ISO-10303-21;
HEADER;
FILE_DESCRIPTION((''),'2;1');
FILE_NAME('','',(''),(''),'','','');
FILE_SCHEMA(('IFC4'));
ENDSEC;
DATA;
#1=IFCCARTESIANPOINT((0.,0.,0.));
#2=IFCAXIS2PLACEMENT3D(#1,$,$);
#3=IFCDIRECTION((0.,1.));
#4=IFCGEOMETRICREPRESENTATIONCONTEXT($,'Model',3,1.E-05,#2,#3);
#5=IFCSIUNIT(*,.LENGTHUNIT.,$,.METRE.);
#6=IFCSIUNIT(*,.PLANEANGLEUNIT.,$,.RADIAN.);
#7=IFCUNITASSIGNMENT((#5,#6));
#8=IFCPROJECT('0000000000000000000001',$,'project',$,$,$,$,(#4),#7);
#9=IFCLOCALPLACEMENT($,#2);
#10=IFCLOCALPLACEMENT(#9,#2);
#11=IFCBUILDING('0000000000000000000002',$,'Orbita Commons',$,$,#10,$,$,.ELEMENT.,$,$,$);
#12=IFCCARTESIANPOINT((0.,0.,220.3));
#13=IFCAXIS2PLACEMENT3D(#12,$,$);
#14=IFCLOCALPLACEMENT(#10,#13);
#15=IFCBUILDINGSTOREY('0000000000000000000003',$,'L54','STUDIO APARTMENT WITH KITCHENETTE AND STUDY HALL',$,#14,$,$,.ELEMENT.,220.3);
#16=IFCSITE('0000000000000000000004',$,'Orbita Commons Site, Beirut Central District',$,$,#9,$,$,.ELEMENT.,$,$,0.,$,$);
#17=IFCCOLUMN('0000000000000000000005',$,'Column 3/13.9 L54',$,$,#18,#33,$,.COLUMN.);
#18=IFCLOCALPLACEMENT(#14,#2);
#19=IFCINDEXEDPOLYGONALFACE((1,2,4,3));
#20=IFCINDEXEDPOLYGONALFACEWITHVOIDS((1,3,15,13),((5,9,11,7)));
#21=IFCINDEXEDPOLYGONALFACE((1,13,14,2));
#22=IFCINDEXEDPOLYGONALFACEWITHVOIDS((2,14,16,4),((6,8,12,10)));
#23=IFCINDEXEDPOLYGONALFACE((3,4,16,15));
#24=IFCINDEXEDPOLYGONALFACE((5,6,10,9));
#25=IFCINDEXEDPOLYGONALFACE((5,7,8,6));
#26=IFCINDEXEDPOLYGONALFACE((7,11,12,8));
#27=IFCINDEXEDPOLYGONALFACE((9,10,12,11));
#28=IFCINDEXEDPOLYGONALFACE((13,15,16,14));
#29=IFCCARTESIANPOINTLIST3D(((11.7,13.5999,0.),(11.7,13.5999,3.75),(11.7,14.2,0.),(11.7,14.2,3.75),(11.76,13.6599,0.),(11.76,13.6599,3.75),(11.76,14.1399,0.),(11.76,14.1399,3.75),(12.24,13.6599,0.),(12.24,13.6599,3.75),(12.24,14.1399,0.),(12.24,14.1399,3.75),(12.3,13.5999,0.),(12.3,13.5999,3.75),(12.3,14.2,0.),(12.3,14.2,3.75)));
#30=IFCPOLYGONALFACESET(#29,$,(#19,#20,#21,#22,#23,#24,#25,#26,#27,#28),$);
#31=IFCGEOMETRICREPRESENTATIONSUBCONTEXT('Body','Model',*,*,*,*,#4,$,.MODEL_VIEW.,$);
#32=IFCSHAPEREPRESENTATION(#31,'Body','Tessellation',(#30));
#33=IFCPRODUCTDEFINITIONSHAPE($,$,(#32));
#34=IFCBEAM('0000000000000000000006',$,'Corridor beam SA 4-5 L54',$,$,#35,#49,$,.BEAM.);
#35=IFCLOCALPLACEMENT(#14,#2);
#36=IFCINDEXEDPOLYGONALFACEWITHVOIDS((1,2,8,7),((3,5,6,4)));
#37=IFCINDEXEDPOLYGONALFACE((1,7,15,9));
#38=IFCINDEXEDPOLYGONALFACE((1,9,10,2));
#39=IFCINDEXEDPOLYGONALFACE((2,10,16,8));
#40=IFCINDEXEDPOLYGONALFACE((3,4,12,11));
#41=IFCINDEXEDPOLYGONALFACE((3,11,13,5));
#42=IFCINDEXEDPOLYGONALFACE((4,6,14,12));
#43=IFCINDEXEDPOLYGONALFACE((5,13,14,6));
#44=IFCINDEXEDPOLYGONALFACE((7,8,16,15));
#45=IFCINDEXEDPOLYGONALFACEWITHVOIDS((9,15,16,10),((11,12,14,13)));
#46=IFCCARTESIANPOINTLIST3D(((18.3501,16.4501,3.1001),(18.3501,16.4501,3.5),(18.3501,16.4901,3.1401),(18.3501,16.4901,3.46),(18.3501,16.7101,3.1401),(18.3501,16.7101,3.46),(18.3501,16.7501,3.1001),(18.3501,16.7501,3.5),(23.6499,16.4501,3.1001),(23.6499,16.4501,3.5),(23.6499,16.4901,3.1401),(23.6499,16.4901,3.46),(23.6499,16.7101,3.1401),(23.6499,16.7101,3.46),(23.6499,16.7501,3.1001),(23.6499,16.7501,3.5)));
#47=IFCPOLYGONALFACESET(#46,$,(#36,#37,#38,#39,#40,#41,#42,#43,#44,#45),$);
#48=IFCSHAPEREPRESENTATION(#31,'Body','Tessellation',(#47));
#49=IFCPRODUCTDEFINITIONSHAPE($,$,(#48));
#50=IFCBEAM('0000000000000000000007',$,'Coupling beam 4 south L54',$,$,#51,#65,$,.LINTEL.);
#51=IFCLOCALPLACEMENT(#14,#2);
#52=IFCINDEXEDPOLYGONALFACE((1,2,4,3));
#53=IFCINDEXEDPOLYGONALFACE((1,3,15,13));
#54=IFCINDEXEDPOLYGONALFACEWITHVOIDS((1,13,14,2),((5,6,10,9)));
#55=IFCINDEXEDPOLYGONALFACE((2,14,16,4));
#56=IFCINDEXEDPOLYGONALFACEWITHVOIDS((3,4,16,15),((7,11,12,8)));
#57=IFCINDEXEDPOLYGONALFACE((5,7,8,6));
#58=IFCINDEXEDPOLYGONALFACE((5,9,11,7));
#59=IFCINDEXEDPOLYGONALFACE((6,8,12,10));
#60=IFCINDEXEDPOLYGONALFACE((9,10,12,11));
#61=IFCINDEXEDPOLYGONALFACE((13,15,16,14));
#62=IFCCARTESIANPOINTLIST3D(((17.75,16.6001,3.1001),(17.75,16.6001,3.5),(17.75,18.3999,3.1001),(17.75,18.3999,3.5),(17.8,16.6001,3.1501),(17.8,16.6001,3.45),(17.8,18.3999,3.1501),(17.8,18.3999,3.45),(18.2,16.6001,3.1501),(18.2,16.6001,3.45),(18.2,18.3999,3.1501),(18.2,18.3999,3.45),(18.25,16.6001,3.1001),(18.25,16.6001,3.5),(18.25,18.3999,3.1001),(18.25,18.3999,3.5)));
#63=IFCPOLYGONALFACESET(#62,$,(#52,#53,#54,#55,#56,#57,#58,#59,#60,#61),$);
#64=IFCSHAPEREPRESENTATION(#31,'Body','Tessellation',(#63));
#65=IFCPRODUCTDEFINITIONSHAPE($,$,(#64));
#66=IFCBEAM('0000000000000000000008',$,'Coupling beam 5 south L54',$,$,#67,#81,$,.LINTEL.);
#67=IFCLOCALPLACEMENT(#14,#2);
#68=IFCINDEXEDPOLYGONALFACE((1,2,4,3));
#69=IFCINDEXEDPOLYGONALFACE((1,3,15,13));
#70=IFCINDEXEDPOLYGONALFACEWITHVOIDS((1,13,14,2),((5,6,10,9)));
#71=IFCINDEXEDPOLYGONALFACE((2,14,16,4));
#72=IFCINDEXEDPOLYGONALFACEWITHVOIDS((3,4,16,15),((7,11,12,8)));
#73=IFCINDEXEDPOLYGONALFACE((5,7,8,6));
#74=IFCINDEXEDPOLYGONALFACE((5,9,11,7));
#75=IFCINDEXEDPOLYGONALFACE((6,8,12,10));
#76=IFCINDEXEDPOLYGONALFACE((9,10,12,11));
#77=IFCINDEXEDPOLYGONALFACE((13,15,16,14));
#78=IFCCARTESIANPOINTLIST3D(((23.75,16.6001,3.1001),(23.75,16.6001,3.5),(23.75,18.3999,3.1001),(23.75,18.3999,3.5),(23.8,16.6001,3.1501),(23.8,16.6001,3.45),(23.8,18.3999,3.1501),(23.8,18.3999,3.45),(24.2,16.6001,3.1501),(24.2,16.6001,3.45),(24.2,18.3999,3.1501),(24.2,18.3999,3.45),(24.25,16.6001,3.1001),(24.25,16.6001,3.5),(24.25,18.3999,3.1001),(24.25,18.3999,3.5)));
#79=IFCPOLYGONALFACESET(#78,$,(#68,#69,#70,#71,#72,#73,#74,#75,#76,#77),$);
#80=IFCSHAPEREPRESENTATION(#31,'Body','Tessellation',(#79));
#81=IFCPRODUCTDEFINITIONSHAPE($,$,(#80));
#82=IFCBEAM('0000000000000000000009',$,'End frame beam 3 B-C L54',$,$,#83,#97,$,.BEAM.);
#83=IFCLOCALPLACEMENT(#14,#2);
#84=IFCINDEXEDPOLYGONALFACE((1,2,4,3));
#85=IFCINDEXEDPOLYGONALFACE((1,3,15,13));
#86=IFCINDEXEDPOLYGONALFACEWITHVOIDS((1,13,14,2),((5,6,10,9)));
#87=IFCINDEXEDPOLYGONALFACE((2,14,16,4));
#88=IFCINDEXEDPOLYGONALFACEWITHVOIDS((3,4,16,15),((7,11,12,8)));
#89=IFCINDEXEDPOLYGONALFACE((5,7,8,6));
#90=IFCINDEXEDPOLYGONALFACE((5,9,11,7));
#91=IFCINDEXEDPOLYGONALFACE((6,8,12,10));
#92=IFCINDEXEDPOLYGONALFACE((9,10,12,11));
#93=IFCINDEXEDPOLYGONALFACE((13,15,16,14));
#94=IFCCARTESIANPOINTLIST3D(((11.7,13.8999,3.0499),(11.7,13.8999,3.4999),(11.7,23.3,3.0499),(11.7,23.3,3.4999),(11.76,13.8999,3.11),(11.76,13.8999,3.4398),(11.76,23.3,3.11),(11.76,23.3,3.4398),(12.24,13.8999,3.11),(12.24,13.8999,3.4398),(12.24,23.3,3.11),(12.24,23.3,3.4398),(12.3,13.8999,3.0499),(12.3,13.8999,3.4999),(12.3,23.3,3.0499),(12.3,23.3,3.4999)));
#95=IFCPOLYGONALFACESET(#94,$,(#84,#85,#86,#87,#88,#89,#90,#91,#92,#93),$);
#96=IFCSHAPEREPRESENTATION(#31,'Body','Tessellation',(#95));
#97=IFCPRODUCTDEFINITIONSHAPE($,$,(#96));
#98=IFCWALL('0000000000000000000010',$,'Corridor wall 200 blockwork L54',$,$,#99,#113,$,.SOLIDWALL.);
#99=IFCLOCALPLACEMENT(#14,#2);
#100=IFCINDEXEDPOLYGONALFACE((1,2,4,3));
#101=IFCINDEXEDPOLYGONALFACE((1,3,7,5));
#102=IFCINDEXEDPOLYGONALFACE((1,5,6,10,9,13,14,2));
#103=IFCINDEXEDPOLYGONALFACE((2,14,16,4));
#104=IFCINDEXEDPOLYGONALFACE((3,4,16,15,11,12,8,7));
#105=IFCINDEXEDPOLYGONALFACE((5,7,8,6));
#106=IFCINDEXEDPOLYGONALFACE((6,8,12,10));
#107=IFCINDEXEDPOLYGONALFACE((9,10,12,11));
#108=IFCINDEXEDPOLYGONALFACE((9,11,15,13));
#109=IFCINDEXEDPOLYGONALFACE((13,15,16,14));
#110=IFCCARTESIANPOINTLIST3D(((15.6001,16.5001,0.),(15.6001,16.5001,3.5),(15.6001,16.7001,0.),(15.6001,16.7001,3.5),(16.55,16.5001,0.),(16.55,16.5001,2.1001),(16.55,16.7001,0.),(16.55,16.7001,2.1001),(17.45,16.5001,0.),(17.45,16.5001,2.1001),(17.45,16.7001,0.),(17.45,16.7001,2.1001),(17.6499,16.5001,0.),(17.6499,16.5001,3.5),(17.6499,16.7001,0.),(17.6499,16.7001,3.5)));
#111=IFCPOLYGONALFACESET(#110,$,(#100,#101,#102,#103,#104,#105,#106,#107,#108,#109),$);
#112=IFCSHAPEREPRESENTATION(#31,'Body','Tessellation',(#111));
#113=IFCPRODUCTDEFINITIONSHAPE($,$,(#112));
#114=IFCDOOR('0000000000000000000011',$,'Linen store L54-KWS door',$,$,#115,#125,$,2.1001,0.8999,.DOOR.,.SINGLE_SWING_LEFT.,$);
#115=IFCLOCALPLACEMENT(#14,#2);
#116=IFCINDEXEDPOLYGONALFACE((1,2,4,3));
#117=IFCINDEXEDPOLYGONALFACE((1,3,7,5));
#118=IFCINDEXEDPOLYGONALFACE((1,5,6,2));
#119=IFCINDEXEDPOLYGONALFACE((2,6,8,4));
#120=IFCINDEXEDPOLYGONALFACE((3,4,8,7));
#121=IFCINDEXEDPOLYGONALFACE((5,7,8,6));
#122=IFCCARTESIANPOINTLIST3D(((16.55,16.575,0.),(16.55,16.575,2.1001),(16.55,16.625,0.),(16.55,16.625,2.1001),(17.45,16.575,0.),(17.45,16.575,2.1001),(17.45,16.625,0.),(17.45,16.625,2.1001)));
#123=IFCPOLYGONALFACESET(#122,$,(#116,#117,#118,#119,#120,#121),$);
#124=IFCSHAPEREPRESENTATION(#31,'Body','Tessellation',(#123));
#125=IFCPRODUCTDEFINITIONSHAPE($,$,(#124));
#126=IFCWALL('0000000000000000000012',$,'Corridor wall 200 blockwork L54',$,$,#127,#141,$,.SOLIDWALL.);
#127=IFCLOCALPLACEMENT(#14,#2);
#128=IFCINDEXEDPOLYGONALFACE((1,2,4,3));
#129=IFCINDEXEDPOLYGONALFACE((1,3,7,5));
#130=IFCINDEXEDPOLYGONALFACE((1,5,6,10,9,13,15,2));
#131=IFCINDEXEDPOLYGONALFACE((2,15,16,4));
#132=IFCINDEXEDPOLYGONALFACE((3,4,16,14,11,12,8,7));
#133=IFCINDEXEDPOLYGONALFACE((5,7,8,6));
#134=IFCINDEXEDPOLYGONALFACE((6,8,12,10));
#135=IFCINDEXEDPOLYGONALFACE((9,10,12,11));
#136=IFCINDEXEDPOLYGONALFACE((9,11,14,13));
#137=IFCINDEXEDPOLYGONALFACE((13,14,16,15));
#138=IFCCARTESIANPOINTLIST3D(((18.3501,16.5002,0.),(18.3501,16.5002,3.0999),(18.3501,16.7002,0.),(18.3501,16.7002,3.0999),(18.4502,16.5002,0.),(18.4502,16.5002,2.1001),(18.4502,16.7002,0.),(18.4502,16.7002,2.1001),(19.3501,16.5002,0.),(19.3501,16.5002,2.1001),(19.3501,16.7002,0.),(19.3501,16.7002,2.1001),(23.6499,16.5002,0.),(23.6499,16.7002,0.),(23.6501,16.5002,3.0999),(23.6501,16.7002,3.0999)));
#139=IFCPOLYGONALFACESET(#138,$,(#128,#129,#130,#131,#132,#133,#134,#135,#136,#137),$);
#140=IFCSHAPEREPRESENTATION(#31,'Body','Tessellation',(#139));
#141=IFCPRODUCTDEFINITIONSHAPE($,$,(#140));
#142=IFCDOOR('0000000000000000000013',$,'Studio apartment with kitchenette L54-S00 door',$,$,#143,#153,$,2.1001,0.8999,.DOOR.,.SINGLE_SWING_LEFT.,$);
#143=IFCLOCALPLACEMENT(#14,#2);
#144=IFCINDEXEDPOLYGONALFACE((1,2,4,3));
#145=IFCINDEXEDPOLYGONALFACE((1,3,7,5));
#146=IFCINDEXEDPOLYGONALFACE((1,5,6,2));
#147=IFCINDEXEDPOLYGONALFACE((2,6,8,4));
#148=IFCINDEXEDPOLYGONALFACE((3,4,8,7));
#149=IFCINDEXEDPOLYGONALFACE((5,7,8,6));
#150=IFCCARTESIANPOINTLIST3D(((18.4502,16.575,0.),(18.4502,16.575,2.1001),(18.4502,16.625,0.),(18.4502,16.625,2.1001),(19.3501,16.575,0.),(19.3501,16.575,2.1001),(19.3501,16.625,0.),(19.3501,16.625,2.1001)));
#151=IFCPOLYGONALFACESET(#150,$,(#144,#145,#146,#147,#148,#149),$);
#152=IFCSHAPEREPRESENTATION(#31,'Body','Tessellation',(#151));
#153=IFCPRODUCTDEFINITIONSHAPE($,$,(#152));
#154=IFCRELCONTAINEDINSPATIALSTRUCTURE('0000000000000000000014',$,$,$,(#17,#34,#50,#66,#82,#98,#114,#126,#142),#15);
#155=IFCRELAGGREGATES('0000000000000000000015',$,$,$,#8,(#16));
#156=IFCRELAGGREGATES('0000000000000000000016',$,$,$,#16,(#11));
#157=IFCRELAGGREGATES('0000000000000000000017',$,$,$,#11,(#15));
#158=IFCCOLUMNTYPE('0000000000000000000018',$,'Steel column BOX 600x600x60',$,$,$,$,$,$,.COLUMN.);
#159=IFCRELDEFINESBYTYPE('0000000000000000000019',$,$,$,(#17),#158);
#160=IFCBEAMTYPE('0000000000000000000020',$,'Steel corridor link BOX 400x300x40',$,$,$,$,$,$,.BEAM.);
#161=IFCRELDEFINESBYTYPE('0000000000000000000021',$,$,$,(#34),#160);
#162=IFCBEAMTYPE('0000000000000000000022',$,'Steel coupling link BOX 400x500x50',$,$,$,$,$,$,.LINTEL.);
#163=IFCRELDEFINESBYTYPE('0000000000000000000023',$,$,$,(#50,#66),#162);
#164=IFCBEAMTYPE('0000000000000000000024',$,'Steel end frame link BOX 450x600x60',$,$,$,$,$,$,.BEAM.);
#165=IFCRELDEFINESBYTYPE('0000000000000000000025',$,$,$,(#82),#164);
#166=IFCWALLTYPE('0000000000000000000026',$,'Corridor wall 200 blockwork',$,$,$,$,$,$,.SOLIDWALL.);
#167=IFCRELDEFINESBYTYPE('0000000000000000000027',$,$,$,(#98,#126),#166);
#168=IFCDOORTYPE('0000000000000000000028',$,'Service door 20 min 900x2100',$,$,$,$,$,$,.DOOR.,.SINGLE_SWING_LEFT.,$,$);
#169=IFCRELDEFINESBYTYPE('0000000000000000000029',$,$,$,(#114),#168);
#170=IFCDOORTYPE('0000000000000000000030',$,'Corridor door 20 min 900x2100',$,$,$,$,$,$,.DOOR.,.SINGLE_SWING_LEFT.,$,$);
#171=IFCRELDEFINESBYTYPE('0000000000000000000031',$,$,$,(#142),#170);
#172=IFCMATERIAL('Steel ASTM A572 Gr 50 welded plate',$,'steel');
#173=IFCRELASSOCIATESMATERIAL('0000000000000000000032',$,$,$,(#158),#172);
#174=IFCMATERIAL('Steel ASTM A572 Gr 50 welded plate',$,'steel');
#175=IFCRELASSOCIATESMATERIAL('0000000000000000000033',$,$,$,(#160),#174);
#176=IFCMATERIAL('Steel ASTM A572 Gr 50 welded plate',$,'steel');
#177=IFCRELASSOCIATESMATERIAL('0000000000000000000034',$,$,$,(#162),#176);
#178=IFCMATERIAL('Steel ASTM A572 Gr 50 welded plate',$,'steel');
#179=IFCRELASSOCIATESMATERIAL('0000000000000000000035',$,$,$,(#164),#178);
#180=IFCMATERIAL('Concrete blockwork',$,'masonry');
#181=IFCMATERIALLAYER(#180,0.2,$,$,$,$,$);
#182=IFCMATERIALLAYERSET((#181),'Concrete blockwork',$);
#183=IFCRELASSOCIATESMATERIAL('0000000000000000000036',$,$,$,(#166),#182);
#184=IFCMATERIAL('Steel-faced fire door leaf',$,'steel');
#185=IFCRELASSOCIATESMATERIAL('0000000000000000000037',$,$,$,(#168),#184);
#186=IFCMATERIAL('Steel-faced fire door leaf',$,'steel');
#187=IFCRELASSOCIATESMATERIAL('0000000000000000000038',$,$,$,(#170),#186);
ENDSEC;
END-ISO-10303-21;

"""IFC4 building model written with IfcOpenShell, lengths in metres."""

from ifc_helpers import new_model, si_unit, direction, frame, frame_2d, origin, origin_2d, place, context, subcontext, project, spatial, polyline, rectangle, hollow_rectangle, outline, extrude, material, layer, layer_set, material_profile, profile_set, type_object, element, fill, save


model = new_model("IFC4")

# Units and contexts
model_context = context("Model", 3, precision=1e-05, world=origin(), true_north=direction((0.0, 1.0)))
body_context = subcontext(model_context, "Body", "Model", "MODEL_VIEW")
ifc_project = project(units=[si_unit("LENGTHUNIT", "METRE"), si_unit("PLANEANGLEUNIT", "RADIAN")], contexts=[model_context])

# Site, building, storey
site_placement = place(None, origin())
site = spatial("IfcSite", under=ifc_project, at=site_placement, Name="Orbita Commons Site, Beirut Central District", CompositionType="ELEMENT", RefElevation=0.0)
building_placement = place(site_placement, origin())
building = spatial("IfcBuilding", under=site, at=building_placement, Name="Orbita Commons", CompositionType="ELEMENT")
storey_placement = place(building_placement, frame((0.0, 0.0, 220.3)))
storey = spatial("IfcBuildingStorey", under=building, at=storey_placement, Name="L54", Description="STUDIO APARTMENT WITH KITCHENETTE AND STUDY HALL", CompositionType="ELEMENT", Elevation=220.3)

# Column
ifc_material_1 = material(Name="Steel ASTM A572 Gr 50 welded plate", Category="steel")
ifc_material_profile_1 = material_profile(ifc_material_1, hollow_rectangle(XDim=0.6001, YDim=0.6001, WallThickness=0.0601, at=origin_2d()), Name="BOX 600x600x60")
ifc_profile_set_1 = profile_set([ifc_material_profile_1], Name="Steel ASTM A572 Gr 50 welded plate")
column_type = type_object("IfcColumnType", Name="Steel column BOX 600x600x60", PredefinedType="COLUMN", material=ifc_profile_set_1)
column_placement = place(storey_placement, frame((12.0, 13.8999, 0.0), z_axis=(0.0, 0.0, 1.0), x_axis=(1.0, 0.0, 0.0)))
element("IfcColumn", 1, at=column_placement, inside=storey, type_object=column_type, Name="Column 3/13.9 L54", PredefinedType="COLUMN", context=body_context, shape_type="SweptSolid", body=[
    extrude(hollow_rectangle(XDim=0.6001, YDim=0.6001, WallThickness=0.0601, at=origin_2d()), origin(), (0.0, 0.0, 1.0), 3.75),
])

# Beams
ifc_material_2 = material(Name="Steel ASTM A572 Gr 50 welded plate", Category="steel")
ifc_material_profile_2 = material_profile(ifc_material_2, hollow_rectangle(XDim=0.3, YDim=0.3999, WallThickness=0.04, at=origin_2d()), Name="BOX 400x300x40")
ifc_profile_set_2 = profile_set([ifc_material_profile_2], Name="Steel ASTM A572 Gr 50 welded plate")
beam_type_1 = type_object("IfcBeamType", Name="Steel corridor link BOX 400x300x40", PredefinedType="BEAM", material=ifc_profile_set_2)
beam_1_placement = place(storey_placement, frame((18.3501, 16.6001, 3.3), z_axis=(1.0, 0.0, 0.0), x_axis=(0.0, 1.0, 0.0)))
element("IfcBeam", 2, at=beam_1_placement, inside=storey, type_object=beam_type_1, Name="Corridor beam SA 4-5 L54", PredefinedType="BEAM", context=body_context, shape_type="SweptSolid", body=[
    extrude(hollow_rectangle(XDim=0.3, YDim=0.3999, WallThickness=0.04, at=origin_2d()), origin(), (0.0, 0.0, 1.0), 5.2998),
])
ifc_material_3 = material(Name="Steel ASTM A572 Gr 50 welded plate", Category="steel")
ifc_material_profile_3 = material_profile(ifc_material_3, hollow_rectangle(XDim=0.5, YDim=0.3999, WallThickness=0.05, at=origin_2d()), Name="BOX 400x500x50")
ifc_profile_set_3 = profile_set([ifc_material_profile_3], Name="Steel ASTM A572 Gr 50 welded plate")
beam_type_2 = type_object("IfcBeamType", Name="Steel coupling link BOX 400x500x50", PredefinedType="LINTEL", material=ifc_profile_set_3)
for number, where, z_axis, x_axis, name in (
    (3, (18.0, 16.6001, 3.3), (0.0, 1.0, 0.0), (-1.0, 0.0, 0.0), "Coupling beam 4 south L54"),
    (4, (24.0, 16.6001, 3.3), (0.0, 1.0, 0.0), (-1.0, 0.0, 0.0), "Coupling beam 5 south L54"),
):
    element("IfcBeam", number, at=place(storey_placement, frame(where, z_axis=z_axis, x_axis=x_axis)), inside=storey, type_object=beam_type_2, Name=name, PredefinedType="LINTEL", context=body_context, shape_type="SweptSolid", body=[
        extrude(hollow_rectangle(XDim=0.5, YDim=0.3999, WallThickness=0.05, at=origin_2d()), origin(), (0.0, 0.0, 1.0), 1.7998),
    ])
ifc_material_4 = material(Name="Steel ASTM A572 Gr 50 welded plate", Category="steel")
ifc_material_profile_4 = material_profile(ifc_material_4, hollow_rectangle(XDim=0.6001, YDim=0.45, WallThickness=0.0601, at=origin_2d()), Name="BOX 450x600x60")
ifc_profile_set_4 = profile_set([ifc_material_profile_4], Name="Steel ASTM A572 Gr 50 welded plate")
beam_type_3 = type_object("IfcBeamType", Name="Steel end frame link BOX 450x600x60", PredefinedType="BEAM", material=ifc_profile_set_4)
beam_2_placement = place(storey_placement, frame((12.0, 13.8999, 3.2749), z_axis=(0.0, 1.0, 0.0), x_axis=(-1.0, 0.0, 0.0)))
element("IfcBeam", 5, at=beam_2_placement, inside=storey, type_object=beam_type_3, Name="End frame beam 3 B-C L54", PredefinedType="BEAM", context=body_context, shape_type="SweptSolid", body=[
    extrude(hollow_rectangle(XDim=0.6001, YDim=0.45, WallThickness=0.0601, at=origin_2d()), origin(), (0.0, 0.0, 1.0), 9.4001),
])

# Walls, openings, doors
ifc_material_5 = material(Name="Concrete blockwork", Category="masonry")
ifc_layer_1 = layer(ifc_material_5, 0.2)
ifc_layer_set_1 = layer_set([ifc_layer_1], Name="Concrete blockwork")
wall_type_1 = type_object("IfcWallType", Name="Corridor wall 200 blockwork", PredefinedType="SOLIDWALL", material=ifc_layer_set_1)
wall_1_placement = place(storey_placement, frame((15.6001, 16.6001, 0.0), z_axis=(0.0, 0.0, 1.0), x_axis=(1.0, 0.0, 0.0)))
wall_1 = element("IfcWall", 6, at=wall_1_placement, inside=storey, type_object=wall_type_1, Name="Corridor wall 200 blockwork L54", PredefinedType="SOLIDWALL", context=body_context, shape_type="SweptSolid", body=[
    extrude(rectangle(XDim=2.0498, YDim=0.2, at=frame_2d((1.0249, 0.0))), origin(), (0.0, 0.0, 1.0), 3.5),
])
opening_1_placement = place(wall_1_placement, frame((0.95, 0.0, 0.0)))
opening_1 = element("IfcOpeningElement", 7, at=opening_1_placement, cuts=wall_1, PredefinedType="OPENING", context=body_context, shape_type="SweptSolid", body=[
    extrude(rectangle(XDim=0.8999, YDim=2.1001, at=frame_2d((0.45, 1.05))), frame((0.0, 0.1099, 0.0), z_axis=(0.0, -1.0, 0.0), x_axis=(1.0, 0.0, 0.0)), (0.0, 0.0, 1.0), 0.22),
])
ifc_material_6 = material(Name="Steel-faced fire door leaf", Category="steel")
door_type_1 = type_object("IfcDoorType", Name="Service door 20 min 900x2100", OperationType="SINGLE_SWING_LEFT", PredefinedType="DOOR", material=ifc_material_6)
door_1_placement = place(opening_1_placement, origin())
door_1 = element("IfcDoor", 8, at=door_1_placement, inside=storey, type_object=door_type_1, Name="Linen store L54-KWS door", OperationType="SINGLE_SWING_LEFT", OverallHeight=2.1001, OverallWidth=0.8999, PredefinedType="DOOR", context=body_context, shape_type="SweptSolid", body=[
    extrude(rectangle(XDim=0.8999, YDim=2.1001, at=frame_2d((0.45, 1.05))), frame((0.0, 0.0249, 0.0), z_axis=(0.0, -1.0, 0.0), x_axis=(1.0, 0.0, 0.0)), (0.0, 0.0, 1.0), 0.05),
])
fill(opening_1, door_1)
wall_2_placement = place(storey_placement, frame((18.3501, 16.6001, 0.0), z_axis=(0.0, 0.0, 1.0), x_axis=(1.0, 0.0, 0.0)))
wall_2 = element("IfcWall", 9, at=wall_2_placement, inside=storey, type_object=wall_type_1, Name="Corridor wall 200 blockwork L54", PredefinedType="SOLIDWALL", context=body_context, shape_type="SweptSolid", body=[
    extrude(outline(polyline([(0.0, 0.0), (5.2998, 0.0), (5.3, 3.0999), (0.0, 3.0999), (0.0, 0.0)])), frame((0.0, 0.1001, 0.0), z_axis=(0.0, -1.0, 0.0), x_axis=(1.0, 0.0, 0.0)), (0.0, 0.0, 1.0), 0.2),
])
opening_2_placement = place(wall_2_placement, frame((0.1001, 0.0, 0.0)))
opening_2 = element("IfcOpeningElement", 10, at=opening_2_placement, cuts=wall_2, PredefinedType="OPENING", context=body_context, shape_type="SweptSolid", body=[
    extrude(rectangle(XDim=0.8999, YDim=2.1001, at=frame_2d((0.45, 1.05))), frame((0.0, 0.1099, 0.0), z_axis=(0.0, -1.0, 0.0), x_axis=(1.0, 0.0, 0.0)), (0.0, 0.0, 1.0), 0.22),
])
ifc_material_7 = material(Name="Steel-faced fire door leaf", Category="steel")
door_type_2 = type_object("IfcDoorType", Name="Corridor door 20 min 900x2100", OperationType="SINGLE_SWING_LEFT", PredefinedType="DOOR", material=ifc_material_7)
door_2_placement = place(opening_2_placement, origin())
door_2 = element("IfcDoor", 11, at=door_2_placement, inside=storey, type_object=door_type_2, Name="Studio apartment with kitchenette L54-S00 door", OperationType="SINGLE_SWING_LEFT", OverallHeight=2.1001, OverallWidth=0.8999, PredefinedType="DOOR", context=body_context, shape_type="SweptSolid", body=[
    extrude(rectangle(XDim=0.8999, YDim=2.1001, at=frame_2d((0.45, 1.05))), frame((0.0, 0.0249, 0.0), z_axis=(0.0, -1.0, 0.0), x_axis=(1.0, 0.0, 0.0)), (0.0, 0.0, 1.0), 0.05),
])
fill(opening_2, door_2)

save(model, "model.ifc")
